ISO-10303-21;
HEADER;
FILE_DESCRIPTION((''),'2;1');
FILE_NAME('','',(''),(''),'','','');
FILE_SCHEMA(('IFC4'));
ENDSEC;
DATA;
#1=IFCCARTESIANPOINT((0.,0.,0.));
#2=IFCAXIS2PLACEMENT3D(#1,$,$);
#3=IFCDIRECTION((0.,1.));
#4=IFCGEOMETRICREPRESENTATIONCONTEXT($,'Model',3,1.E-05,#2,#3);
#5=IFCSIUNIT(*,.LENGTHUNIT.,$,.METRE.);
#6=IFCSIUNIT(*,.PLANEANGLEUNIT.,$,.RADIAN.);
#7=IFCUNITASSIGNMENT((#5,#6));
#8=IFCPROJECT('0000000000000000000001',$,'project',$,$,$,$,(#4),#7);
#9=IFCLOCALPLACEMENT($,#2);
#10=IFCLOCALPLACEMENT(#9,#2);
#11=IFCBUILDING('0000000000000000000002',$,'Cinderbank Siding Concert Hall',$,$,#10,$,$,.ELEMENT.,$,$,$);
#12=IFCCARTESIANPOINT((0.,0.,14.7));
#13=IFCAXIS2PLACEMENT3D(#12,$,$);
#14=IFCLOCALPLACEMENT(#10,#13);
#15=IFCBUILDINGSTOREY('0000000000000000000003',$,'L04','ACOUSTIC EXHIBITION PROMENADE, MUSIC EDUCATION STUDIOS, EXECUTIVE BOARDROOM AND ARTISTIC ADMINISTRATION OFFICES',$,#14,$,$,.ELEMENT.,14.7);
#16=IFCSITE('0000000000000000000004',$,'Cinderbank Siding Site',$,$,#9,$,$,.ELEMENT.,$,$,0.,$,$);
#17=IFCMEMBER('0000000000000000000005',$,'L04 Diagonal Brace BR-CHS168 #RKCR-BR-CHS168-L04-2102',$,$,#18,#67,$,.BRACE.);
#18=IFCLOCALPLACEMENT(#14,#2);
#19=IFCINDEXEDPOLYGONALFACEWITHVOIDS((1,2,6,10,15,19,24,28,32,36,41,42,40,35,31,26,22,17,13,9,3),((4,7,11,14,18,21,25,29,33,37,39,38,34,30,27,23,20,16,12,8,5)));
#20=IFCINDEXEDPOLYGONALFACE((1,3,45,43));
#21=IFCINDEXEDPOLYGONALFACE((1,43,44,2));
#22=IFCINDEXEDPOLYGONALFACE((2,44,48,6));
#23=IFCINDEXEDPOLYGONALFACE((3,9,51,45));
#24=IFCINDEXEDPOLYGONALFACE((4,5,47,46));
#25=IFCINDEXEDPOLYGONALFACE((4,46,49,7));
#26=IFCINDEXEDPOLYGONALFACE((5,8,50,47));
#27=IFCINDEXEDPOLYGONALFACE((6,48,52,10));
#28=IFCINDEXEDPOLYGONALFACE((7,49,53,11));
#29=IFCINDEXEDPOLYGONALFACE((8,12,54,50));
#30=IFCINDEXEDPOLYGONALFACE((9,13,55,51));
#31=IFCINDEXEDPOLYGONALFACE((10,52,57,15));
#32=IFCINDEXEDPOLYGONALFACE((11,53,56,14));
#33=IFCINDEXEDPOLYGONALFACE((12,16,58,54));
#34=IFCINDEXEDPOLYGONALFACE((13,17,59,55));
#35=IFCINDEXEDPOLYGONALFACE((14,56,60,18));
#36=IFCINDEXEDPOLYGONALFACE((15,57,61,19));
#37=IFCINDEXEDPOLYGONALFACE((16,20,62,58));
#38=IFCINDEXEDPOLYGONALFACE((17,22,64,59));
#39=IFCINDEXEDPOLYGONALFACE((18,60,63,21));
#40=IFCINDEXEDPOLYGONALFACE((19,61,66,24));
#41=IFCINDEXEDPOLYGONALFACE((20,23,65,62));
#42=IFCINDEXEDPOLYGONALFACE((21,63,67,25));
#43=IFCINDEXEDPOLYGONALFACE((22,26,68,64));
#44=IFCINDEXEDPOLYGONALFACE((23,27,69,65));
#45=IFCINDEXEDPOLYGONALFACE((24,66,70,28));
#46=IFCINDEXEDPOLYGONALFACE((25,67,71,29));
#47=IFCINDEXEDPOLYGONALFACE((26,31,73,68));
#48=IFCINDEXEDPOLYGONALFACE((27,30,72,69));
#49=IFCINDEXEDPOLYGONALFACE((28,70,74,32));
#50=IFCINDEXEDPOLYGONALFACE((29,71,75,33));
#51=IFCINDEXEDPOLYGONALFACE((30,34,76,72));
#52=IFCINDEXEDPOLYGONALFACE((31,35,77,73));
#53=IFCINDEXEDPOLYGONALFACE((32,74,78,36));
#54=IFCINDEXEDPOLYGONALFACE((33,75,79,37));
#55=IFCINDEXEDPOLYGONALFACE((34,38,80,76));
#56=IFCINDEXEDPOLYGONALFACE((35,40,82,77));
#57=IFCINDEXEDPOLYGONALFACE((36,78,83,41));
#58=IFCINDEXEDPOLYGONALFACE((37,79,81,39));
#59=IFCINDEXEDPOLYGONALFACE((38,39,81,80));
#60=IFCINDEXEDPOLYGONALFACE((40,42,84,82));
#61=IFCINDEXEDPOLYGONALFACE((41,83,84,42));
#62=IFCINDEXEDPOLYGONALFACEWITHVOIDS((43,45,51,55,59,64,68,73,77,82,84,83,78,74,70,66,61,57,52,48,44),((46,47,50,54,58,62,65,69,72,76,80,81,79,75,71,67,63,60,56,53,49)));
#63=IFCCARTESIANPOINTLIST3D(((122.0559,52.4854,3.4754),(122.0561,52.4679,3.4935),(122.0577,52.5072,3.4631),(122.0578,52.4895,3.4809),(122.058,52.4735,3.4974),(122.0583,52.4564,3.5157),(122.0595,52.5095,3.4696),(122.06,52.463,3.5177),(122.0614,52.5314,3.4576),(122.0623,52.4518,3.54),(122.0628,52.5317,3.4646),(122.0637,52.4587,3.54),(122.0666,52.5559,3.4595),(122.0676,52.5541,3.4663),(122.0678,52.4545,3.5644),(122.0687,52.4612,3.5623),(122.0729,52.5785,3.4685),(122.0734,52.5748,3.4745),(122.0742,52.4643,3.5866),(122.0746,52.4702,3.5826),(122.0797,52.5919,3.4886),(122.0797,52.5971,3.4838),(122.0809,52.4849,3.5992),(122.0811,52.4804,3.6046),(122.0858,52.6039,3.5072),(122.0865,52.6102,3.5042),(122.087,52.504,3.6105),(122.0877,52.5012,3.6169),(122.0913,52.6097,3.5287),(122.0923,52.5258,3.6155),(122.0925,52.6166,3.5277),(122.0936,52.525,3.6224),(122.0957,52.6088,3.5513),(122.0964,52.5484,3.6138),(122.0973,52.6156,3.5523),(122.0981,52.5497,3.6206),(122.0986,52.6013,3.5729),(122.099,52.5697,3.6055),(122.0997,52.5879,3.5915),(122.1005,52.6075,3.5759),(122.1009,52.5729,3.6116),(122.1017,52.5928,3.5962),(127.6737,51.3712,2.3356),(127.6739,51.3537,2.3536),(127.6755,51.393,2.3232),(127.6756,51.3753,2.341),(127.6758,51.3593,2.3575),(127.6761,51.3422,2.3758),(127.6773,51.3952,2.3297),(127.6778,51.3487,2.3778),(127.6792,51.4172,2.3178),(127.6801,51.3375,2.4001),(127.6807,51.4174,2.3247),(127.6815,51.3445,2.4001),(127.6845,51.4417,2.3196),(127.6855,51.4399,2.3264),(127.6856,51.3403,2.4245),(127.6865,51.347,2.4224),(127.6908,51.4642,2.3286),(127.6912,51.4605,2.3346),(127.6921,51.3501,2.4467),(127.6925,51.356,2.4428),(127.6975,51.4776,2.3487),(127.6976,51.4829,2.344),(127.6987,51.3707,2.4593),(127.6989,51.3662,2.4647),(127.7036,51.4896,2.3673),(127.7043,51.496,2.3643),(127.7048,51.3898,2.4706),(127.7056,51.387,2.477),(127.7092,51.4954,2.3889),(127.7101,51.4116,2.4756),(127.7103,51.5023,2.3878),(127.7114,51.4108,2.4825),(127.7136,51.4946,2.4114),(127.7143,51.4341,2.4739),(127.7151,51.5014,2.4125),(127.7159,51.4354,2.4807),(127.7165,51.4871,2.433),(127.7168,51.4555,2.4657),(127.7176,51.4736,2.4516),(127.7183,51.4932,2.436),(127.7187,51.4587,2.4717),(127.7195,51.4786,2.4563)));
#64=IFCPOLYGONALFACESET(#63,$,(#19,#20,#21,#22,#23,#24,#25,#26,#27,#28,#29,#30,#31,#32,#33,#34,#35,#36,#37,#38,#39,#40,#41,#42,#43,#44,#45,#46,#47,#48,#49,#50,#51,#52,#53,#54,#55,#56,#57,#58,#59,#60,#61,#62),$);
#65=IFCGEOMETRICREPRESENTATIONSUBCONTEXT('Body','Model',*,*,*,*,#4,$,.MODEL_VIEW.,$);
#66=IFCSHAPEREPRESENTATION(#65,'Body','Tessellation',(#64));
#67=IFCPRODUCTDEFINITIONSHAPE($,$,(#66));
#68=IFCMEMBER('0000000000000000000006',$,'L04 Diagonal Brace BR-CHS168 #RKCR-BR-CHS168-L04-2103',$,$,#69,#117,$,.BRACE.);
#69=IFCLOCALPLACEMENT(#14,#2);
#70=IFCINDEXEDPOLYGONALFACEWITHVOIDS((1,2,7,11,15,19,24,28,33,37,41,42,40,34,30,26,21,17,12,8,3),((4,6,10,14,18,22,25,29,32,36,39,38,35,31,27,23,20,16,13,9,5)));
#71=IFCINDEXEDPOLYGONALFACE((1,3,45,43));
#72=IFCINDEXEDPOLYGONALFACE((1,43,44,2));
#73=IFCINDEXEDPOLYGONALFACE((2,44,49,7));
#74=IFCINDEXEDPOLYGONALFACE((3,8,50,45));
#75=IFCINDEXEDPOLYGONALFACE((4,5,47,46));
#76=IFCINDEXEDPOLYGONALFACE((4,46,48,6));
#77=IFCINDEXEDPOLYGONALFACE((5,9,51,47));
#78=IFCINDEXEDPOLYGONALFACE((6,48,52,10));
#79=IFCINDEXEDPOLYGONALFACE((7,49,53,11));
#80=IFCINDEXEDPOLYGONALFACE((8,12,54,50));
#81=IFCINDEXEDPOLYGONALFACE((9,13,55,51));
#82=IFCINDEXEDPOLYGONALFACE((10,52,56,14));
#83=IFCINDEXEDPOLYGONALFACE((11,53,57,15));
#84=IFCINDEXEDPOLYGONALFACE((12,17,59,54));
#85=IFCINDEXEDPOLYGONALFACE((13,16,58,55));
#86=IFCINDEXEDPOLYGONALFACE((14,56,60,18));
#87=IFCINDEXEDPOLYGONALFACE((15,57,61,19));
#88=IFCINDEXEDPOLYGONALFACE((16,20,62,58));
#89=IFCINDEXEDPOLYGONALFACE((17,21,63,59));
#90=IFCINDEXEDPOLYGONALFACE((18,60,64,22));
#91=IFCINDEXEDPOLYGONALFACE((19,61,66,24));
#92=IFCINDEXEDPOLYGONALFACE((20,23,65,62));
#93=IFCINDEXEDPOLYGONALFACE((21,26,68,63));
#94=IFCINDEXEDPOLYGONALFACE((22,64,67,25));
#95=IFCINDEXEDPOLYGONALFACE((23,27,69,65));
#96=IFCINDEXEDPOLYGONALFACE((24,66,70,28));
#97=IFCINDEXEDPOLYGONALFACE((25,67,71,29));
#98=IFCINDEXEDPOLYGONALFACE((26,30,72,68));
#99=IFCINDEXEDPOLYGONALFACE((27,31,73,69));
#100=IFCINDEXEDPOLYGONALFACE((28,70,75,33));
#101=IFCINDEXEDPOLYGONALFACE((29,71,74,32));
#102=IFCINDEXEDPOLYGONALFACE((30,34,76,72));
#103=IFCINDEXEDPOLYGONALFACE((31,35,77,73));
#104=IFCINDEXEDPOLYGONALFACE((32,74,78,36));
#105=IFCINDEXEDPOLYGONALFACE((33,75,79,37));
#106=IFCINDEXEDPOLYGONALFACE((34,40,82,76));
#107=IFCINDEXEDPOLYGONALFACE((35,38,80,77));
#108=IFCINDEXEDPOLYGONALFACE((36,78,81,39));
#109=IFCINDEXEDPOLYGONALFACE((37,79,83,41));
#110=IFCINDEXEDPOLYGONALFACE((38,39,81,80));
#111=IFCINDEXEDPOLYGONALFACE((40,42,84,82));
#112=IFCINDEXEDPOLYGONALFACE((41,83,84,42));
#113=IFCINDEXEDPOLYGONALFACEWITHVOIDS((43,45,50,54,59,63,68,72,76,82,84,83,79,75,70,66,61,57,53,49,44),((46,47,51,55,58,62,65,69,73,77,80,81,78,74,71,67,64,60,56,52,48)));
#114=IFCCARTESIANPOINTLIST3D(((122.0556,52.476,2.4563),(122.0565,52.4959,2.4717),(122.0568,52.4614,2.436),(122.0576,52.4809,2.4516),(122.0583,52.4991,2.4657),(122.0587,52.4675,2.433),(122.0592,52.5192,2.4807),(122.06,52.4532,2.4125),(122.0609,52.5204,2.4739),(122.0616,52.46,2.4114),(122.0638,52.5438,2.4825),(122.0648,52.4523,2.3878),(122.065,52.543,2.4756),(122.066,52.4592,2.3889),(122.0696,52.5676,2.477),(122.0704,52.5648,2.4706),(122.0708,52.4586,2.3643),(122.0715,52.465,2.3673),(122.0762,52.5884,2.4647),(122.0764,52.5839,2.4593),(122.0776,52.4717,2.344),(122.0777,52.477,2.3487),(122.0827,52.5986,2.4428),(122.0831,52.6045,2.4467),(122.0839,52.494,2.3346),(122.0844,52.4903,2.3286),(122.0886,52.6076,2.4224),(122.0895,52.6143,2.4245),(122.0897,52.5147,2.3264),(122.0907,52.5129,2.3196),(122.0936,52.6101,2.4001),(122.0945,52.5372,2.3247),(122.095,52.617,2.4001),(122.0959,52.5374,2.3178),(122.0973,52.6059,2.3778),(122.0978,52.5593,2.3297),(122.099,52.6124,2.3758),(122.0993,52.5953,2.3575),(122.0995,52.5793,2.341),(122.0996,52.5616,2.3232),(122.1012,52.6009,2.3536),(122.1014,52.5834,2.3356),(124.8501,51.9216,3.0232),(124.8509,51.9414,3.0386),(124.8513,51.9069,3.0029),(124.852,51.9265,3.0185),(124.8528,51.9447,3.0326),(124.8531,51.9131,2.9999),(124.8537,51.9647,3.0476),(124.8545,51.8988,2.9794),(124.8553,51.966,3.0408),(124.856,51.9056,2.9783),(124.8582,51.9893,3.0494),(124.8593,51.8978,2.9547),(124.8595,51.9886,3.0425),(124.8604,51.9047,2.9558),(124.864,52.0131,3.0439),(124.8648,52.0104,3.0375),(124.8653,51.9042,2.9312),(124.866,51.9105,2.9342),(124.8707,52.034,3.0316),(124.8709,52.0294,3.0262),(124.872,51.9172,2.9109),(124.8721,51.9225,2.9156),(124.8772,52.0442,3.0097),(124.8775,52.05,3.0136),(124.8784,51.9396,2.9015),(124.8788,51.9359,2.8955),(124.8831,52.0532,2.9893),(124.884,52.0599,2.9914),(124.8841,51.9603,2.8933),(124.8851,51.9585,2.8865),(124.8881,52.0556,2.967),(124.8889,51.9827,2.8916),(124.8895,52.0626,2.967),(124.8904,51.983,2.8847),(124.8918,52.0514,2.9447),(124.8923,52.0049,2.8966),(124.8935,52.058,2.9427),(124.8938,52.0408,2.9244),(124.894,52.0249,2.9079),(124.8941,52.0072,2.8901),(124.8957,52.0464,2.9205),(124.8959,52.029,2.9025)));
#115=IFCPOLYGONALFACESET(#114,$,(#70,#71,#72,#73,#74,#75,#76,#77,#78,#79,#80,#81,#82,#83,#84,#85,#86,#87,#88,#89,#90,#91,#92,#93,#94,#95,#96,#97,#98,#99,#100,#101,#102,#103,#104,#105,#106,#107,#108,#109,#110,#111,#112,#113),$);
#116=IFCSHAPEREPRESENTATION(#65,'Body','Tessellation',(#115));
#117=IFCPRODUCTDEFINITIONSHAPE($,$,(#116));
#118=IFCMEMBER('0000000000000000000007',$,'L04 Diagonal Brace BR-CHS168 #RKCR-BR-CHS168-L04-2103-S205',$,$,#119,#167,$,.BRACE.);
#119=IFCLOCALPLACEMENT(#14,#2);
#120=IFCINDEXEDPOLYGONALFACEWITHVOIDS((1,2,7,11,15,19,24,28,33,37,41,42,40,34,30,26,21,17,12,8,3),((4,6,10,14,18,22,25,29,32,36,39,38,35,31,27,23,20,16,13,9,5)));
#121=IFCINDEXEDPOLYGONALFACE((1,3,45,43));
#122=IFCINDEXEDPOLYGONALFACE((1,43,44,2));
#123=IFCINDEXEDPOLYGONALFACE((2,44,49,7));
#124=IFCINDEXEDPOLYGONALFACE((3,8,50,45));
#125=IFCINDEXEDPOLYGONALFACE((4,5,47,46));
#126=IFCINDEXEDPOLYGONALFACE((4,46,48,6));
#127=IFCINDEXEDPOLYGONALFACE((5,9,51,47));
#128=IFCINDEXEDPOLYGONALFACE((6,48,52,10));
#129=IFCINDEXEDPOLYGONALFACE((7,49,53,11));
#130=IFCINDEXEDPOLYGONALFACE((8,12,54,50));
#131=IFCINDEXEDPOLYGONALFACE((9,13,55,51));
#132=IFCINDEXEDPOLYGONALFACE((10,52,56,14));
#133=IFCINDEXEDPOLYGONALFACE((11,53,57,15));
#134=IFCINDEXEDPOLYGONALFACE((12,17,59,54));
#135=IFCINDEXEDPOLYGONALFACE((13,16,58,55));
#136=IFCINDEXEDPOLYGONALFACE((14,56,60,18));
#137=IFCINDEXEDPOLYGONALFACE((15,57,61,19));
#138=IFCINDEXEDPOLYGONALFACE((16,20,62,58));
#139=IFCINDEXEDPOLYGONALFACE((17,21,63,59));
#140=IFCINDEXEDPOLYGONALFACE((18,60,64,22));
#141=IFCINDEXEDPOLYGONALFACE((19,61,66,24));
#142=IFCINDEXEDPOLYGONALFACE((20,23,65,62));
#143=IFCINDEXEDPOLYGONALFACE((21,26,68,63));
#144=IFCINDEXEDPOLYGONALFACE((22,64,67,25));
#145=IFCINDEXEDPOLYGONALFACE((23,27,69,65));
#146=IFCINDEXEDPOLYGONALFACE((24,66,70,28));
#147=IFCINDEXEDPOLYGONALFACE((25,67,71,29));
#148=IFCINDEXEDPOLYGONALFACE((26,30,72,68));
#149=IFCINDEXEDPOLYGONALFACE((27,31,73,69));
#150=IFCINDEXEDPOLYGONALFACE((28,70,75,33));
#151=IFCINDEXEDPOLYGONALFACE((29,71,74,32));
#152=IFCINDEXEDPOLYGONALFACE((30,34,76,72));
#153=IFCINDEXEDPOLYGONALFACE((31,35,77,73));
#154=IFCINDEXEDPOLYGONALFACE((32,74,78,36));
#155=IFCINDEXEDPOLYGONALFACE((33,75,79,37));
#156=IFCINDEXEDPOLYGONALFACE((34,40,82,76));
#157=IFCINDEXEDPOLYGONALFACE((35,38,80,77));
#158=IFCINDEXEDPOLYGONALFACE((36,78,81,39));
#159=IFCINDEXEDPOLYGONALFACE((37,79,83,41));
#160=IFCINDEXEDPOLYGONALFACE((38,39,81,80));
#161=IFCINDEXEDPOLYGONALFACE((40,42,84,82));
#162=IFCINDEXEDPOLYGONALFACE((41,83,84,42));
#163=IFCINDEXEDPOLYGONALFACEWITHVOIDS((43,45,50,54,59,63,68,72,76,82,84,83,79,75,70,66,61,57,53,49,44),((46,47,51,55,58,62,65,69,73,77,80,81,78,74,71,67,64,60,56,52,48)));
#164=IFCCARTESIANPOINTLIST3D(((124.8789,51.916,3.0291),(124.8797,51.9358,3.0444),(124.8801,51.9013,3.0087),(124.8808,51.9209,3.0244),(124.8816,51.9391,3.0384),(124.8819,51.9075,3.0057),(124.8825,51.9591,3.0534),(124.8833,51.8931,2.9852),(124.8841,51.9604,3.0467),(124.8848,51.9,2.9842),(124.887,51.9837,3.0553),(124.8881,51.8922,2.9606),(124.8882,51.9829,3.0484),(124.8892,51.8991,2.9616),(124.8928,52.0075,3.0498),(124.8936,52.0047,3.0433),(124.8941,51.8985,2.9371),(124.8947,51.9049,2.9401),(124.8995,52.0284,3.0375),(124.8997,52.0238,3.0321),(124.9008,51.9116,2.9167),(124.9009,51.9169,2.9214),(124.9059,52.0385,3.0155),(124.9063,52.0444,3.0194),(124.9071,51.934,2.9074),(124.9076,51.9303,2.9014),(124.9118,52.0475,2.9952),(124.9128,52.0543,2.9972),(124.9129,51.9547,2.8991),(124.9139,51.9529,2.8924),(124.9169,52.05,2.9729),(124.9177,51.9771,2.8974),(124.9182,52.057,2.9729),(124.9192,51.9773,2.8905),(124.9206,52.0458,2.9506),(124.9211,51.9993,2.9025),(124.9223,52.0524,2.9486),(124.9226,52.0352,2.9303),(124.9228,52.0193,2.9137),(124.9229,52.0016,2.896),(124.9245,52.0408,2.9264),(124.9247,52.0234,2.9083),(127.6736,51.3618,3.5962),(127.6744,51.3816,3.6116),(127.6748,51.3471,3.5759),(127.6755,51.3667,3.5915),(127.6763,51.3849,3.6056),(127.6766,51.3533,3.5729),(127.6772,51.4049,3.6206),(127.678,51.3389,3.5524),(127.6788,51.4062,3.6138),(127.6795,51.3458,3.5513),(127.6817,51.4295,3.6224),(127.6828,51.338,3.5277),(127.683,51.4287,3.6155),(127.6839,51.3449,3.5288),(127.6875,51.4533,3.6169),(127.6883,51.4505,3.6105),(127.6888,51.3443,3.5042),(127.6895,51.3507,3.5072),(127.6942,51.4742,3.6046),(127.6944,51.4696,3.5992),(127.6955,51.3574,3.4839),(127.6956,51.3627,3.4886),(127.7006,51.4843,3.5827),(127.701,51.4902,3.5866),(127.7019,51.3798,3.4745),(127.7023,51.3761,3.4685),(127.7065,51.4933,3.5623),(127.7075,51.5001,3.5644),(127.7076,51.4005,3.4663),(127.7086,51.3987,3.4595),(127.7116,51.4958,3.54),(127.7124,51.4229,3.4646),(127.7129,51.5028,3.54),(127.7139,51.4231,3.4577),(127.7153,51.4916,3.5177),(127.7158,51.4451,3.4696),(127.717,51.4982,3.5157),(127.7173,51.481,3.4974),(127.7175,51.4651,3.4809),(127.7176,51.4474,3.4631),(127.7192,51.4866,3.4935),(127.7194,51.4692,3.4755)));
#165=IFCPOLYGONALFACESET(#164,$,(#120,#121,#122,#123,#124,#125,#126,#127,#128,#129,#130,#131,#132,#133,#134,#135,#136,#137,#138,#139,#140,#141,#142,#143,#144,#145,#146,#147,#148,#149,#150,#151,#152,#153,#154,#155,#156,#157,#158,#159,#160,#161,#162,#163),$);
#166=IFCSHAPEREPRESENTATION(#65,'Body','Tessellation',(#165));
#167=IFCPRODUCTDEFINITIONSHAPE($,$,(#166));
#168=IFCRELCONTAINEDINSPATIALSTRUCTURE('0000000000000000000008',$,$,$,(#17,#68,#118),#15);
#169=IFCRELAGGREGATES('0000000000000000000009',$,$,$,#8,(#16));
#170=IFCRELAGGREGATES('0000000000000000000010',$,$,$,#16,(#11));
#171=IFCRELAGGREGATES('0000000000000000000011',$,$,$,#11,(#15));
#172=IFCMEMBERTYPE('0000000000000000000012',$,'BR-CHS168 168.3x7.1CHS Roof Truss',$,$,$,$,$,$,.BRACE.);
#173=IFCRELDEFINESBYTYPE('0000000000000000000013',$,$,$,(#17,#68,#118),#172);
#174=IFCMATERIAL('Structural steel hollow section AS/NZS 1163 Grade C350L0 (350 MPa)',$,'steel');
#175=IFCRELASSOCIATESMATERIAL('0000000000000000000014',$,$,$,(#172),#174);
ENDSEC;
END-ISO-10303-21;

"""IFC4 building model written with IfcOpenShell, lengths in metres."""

from ifc_helpers import new_model, si_unit, direction, frame, origin, origin_2d, place, context, subcontext, project, spatial, hollow_circle, extrude, material, material_profile, profile_set, type_object, element, save


model = new_model("IFC4")

# Units and contexts
model_context = context("Model", 3, precision=1e-05, world=origin(), true_north=direction((0.0, 1.0)))
body_context = subcontext(model_context, "Body", "Model", "MODEL_VIEW")
ifc_project = project(units=[si_unit("LENGTHUNIT", "METRE"), si_unit("PLANEANGLEUNIT", "RADIAN")], contexts=[model_context])

# Site, building, storey
site_placement = place(None, origin())
site = spatial("IfcSite", under=ifc_project, at=site_placement, Name="Cinderbank Siding Site", CompositionType="ELEMENT", RefElevation=0.0)
building_placement = place(site_placement, origin())
building = spatial("IfcBuilding", under=site, at=building_placement, Name="Cinderbank Siding Concert Hall", CompositionType="ELEMENT")
storey_placement = place(building_placement, frame((0.0, 0.0, 14.7)))
storey = spatial("IfcBuildingStorey", under=building, at=storey_placement, Name="L04", Description="ACOUSTIC EXHIBITION PROMENADE, MUSIC EDUCATION STUDIOS, EXECUTIVE BOARDROOM AND ARTISTIC ADMINISTRATION OFFICES", CompositionType="ELEMENT", Elevation=14.7)

# Shared definitions
ifc_material_1 = material(Name="Structural steel hollow section AS/NZS 1163 Grade C350L0 (350 MPa)", Category="steel")

# Members
ifc_material_profile_1 = material_profile(ifc_material_1, hollow_circle(Radius=0.0842, WallThickness=0.0071, at=origin_2d()), Name="168.3x7.1CHS", Category="LoadBearing")
ifc_profile_set_1 = profile_set([ifc_material_profile_1], Name="Structural steel hollow section AS/NZS 1163 Grade C350L0 (350 MPa)")
member_type_1 = type_object("IfcMemberType", Name="BR-CHS168 168.3x7.1CHS Roof Truss", PredefinedType="BRACE", material=ifc_profile_set_1)
member_1_placement = place(storey_placement, frame((127.6965, 51.4202, 2.4001), z_axis=(-0.962024, 0.190808, 0.195198), x_axis=(-0.19455, -0.980893, 0.0)))
element("IfcMember", 1, at=member_1_placement, inside=storey, type_object=member_type_1, Name="L04 Diagonal Brace BR-CHS168 #RKCR-BR-CHS168-L04-2102", PredefinedType="BRACE", context=body_context, shape_type="SweptSolid", body=[
    extrude(hollow_circle(Radius=0.0842, WallThickness=0.0071, at=origin_2d()), origin(), (0.0, 0.0, 1.0), 5.8396),
])
member_2_placement = place(storey_placement, frame((122.0786, 52.5344, 2.4001), z_axis=(0.962018, -0.190874, 0.19516), x_axis=(0.194616, 0.980879, 0.0)))
element("IfcMember", 2, at=member_2_placement, inside=storey, type_object=member_type_1, Name="L04 Diagonal Brace BR-CHS168 #RKCR-BR-CHS168-L04-2103", PredefinedType="BRACE", context=body_context, shape_type="SweptSolid", body=[
    extrude(hollow_circle(Radius=0.0842, WallThickness=0.0071, at=origin_2d()), origin(), (0.0, 0.0, 1.0), 2.9048),
])
member_3_placement = place(storey_placement, frame((124.9019, 51.9744, 2.9729), z_axis=(0.962024, -0.190774, 0.195229), x_axis=(0.194517, 0.980899, 0.0)))
element("IfcMember", 3, at=member_3_placement, inside=storey, type_object=member_type_1, Name="L04 Diagonal Brace BR-CHS168 #RKCR-BR-CHS168-L04-2103-S205", PredefinedType="BRACE", context=body_context, shape_type="SweptSolid", body=[
    extrude(hollow_circle(Radius=0.0842, WallThickness=0.0071, at=origin_2d()), origin(), (0.0, 0.0, 1.0), 2.905),
])

save(model, "model.ifc")
